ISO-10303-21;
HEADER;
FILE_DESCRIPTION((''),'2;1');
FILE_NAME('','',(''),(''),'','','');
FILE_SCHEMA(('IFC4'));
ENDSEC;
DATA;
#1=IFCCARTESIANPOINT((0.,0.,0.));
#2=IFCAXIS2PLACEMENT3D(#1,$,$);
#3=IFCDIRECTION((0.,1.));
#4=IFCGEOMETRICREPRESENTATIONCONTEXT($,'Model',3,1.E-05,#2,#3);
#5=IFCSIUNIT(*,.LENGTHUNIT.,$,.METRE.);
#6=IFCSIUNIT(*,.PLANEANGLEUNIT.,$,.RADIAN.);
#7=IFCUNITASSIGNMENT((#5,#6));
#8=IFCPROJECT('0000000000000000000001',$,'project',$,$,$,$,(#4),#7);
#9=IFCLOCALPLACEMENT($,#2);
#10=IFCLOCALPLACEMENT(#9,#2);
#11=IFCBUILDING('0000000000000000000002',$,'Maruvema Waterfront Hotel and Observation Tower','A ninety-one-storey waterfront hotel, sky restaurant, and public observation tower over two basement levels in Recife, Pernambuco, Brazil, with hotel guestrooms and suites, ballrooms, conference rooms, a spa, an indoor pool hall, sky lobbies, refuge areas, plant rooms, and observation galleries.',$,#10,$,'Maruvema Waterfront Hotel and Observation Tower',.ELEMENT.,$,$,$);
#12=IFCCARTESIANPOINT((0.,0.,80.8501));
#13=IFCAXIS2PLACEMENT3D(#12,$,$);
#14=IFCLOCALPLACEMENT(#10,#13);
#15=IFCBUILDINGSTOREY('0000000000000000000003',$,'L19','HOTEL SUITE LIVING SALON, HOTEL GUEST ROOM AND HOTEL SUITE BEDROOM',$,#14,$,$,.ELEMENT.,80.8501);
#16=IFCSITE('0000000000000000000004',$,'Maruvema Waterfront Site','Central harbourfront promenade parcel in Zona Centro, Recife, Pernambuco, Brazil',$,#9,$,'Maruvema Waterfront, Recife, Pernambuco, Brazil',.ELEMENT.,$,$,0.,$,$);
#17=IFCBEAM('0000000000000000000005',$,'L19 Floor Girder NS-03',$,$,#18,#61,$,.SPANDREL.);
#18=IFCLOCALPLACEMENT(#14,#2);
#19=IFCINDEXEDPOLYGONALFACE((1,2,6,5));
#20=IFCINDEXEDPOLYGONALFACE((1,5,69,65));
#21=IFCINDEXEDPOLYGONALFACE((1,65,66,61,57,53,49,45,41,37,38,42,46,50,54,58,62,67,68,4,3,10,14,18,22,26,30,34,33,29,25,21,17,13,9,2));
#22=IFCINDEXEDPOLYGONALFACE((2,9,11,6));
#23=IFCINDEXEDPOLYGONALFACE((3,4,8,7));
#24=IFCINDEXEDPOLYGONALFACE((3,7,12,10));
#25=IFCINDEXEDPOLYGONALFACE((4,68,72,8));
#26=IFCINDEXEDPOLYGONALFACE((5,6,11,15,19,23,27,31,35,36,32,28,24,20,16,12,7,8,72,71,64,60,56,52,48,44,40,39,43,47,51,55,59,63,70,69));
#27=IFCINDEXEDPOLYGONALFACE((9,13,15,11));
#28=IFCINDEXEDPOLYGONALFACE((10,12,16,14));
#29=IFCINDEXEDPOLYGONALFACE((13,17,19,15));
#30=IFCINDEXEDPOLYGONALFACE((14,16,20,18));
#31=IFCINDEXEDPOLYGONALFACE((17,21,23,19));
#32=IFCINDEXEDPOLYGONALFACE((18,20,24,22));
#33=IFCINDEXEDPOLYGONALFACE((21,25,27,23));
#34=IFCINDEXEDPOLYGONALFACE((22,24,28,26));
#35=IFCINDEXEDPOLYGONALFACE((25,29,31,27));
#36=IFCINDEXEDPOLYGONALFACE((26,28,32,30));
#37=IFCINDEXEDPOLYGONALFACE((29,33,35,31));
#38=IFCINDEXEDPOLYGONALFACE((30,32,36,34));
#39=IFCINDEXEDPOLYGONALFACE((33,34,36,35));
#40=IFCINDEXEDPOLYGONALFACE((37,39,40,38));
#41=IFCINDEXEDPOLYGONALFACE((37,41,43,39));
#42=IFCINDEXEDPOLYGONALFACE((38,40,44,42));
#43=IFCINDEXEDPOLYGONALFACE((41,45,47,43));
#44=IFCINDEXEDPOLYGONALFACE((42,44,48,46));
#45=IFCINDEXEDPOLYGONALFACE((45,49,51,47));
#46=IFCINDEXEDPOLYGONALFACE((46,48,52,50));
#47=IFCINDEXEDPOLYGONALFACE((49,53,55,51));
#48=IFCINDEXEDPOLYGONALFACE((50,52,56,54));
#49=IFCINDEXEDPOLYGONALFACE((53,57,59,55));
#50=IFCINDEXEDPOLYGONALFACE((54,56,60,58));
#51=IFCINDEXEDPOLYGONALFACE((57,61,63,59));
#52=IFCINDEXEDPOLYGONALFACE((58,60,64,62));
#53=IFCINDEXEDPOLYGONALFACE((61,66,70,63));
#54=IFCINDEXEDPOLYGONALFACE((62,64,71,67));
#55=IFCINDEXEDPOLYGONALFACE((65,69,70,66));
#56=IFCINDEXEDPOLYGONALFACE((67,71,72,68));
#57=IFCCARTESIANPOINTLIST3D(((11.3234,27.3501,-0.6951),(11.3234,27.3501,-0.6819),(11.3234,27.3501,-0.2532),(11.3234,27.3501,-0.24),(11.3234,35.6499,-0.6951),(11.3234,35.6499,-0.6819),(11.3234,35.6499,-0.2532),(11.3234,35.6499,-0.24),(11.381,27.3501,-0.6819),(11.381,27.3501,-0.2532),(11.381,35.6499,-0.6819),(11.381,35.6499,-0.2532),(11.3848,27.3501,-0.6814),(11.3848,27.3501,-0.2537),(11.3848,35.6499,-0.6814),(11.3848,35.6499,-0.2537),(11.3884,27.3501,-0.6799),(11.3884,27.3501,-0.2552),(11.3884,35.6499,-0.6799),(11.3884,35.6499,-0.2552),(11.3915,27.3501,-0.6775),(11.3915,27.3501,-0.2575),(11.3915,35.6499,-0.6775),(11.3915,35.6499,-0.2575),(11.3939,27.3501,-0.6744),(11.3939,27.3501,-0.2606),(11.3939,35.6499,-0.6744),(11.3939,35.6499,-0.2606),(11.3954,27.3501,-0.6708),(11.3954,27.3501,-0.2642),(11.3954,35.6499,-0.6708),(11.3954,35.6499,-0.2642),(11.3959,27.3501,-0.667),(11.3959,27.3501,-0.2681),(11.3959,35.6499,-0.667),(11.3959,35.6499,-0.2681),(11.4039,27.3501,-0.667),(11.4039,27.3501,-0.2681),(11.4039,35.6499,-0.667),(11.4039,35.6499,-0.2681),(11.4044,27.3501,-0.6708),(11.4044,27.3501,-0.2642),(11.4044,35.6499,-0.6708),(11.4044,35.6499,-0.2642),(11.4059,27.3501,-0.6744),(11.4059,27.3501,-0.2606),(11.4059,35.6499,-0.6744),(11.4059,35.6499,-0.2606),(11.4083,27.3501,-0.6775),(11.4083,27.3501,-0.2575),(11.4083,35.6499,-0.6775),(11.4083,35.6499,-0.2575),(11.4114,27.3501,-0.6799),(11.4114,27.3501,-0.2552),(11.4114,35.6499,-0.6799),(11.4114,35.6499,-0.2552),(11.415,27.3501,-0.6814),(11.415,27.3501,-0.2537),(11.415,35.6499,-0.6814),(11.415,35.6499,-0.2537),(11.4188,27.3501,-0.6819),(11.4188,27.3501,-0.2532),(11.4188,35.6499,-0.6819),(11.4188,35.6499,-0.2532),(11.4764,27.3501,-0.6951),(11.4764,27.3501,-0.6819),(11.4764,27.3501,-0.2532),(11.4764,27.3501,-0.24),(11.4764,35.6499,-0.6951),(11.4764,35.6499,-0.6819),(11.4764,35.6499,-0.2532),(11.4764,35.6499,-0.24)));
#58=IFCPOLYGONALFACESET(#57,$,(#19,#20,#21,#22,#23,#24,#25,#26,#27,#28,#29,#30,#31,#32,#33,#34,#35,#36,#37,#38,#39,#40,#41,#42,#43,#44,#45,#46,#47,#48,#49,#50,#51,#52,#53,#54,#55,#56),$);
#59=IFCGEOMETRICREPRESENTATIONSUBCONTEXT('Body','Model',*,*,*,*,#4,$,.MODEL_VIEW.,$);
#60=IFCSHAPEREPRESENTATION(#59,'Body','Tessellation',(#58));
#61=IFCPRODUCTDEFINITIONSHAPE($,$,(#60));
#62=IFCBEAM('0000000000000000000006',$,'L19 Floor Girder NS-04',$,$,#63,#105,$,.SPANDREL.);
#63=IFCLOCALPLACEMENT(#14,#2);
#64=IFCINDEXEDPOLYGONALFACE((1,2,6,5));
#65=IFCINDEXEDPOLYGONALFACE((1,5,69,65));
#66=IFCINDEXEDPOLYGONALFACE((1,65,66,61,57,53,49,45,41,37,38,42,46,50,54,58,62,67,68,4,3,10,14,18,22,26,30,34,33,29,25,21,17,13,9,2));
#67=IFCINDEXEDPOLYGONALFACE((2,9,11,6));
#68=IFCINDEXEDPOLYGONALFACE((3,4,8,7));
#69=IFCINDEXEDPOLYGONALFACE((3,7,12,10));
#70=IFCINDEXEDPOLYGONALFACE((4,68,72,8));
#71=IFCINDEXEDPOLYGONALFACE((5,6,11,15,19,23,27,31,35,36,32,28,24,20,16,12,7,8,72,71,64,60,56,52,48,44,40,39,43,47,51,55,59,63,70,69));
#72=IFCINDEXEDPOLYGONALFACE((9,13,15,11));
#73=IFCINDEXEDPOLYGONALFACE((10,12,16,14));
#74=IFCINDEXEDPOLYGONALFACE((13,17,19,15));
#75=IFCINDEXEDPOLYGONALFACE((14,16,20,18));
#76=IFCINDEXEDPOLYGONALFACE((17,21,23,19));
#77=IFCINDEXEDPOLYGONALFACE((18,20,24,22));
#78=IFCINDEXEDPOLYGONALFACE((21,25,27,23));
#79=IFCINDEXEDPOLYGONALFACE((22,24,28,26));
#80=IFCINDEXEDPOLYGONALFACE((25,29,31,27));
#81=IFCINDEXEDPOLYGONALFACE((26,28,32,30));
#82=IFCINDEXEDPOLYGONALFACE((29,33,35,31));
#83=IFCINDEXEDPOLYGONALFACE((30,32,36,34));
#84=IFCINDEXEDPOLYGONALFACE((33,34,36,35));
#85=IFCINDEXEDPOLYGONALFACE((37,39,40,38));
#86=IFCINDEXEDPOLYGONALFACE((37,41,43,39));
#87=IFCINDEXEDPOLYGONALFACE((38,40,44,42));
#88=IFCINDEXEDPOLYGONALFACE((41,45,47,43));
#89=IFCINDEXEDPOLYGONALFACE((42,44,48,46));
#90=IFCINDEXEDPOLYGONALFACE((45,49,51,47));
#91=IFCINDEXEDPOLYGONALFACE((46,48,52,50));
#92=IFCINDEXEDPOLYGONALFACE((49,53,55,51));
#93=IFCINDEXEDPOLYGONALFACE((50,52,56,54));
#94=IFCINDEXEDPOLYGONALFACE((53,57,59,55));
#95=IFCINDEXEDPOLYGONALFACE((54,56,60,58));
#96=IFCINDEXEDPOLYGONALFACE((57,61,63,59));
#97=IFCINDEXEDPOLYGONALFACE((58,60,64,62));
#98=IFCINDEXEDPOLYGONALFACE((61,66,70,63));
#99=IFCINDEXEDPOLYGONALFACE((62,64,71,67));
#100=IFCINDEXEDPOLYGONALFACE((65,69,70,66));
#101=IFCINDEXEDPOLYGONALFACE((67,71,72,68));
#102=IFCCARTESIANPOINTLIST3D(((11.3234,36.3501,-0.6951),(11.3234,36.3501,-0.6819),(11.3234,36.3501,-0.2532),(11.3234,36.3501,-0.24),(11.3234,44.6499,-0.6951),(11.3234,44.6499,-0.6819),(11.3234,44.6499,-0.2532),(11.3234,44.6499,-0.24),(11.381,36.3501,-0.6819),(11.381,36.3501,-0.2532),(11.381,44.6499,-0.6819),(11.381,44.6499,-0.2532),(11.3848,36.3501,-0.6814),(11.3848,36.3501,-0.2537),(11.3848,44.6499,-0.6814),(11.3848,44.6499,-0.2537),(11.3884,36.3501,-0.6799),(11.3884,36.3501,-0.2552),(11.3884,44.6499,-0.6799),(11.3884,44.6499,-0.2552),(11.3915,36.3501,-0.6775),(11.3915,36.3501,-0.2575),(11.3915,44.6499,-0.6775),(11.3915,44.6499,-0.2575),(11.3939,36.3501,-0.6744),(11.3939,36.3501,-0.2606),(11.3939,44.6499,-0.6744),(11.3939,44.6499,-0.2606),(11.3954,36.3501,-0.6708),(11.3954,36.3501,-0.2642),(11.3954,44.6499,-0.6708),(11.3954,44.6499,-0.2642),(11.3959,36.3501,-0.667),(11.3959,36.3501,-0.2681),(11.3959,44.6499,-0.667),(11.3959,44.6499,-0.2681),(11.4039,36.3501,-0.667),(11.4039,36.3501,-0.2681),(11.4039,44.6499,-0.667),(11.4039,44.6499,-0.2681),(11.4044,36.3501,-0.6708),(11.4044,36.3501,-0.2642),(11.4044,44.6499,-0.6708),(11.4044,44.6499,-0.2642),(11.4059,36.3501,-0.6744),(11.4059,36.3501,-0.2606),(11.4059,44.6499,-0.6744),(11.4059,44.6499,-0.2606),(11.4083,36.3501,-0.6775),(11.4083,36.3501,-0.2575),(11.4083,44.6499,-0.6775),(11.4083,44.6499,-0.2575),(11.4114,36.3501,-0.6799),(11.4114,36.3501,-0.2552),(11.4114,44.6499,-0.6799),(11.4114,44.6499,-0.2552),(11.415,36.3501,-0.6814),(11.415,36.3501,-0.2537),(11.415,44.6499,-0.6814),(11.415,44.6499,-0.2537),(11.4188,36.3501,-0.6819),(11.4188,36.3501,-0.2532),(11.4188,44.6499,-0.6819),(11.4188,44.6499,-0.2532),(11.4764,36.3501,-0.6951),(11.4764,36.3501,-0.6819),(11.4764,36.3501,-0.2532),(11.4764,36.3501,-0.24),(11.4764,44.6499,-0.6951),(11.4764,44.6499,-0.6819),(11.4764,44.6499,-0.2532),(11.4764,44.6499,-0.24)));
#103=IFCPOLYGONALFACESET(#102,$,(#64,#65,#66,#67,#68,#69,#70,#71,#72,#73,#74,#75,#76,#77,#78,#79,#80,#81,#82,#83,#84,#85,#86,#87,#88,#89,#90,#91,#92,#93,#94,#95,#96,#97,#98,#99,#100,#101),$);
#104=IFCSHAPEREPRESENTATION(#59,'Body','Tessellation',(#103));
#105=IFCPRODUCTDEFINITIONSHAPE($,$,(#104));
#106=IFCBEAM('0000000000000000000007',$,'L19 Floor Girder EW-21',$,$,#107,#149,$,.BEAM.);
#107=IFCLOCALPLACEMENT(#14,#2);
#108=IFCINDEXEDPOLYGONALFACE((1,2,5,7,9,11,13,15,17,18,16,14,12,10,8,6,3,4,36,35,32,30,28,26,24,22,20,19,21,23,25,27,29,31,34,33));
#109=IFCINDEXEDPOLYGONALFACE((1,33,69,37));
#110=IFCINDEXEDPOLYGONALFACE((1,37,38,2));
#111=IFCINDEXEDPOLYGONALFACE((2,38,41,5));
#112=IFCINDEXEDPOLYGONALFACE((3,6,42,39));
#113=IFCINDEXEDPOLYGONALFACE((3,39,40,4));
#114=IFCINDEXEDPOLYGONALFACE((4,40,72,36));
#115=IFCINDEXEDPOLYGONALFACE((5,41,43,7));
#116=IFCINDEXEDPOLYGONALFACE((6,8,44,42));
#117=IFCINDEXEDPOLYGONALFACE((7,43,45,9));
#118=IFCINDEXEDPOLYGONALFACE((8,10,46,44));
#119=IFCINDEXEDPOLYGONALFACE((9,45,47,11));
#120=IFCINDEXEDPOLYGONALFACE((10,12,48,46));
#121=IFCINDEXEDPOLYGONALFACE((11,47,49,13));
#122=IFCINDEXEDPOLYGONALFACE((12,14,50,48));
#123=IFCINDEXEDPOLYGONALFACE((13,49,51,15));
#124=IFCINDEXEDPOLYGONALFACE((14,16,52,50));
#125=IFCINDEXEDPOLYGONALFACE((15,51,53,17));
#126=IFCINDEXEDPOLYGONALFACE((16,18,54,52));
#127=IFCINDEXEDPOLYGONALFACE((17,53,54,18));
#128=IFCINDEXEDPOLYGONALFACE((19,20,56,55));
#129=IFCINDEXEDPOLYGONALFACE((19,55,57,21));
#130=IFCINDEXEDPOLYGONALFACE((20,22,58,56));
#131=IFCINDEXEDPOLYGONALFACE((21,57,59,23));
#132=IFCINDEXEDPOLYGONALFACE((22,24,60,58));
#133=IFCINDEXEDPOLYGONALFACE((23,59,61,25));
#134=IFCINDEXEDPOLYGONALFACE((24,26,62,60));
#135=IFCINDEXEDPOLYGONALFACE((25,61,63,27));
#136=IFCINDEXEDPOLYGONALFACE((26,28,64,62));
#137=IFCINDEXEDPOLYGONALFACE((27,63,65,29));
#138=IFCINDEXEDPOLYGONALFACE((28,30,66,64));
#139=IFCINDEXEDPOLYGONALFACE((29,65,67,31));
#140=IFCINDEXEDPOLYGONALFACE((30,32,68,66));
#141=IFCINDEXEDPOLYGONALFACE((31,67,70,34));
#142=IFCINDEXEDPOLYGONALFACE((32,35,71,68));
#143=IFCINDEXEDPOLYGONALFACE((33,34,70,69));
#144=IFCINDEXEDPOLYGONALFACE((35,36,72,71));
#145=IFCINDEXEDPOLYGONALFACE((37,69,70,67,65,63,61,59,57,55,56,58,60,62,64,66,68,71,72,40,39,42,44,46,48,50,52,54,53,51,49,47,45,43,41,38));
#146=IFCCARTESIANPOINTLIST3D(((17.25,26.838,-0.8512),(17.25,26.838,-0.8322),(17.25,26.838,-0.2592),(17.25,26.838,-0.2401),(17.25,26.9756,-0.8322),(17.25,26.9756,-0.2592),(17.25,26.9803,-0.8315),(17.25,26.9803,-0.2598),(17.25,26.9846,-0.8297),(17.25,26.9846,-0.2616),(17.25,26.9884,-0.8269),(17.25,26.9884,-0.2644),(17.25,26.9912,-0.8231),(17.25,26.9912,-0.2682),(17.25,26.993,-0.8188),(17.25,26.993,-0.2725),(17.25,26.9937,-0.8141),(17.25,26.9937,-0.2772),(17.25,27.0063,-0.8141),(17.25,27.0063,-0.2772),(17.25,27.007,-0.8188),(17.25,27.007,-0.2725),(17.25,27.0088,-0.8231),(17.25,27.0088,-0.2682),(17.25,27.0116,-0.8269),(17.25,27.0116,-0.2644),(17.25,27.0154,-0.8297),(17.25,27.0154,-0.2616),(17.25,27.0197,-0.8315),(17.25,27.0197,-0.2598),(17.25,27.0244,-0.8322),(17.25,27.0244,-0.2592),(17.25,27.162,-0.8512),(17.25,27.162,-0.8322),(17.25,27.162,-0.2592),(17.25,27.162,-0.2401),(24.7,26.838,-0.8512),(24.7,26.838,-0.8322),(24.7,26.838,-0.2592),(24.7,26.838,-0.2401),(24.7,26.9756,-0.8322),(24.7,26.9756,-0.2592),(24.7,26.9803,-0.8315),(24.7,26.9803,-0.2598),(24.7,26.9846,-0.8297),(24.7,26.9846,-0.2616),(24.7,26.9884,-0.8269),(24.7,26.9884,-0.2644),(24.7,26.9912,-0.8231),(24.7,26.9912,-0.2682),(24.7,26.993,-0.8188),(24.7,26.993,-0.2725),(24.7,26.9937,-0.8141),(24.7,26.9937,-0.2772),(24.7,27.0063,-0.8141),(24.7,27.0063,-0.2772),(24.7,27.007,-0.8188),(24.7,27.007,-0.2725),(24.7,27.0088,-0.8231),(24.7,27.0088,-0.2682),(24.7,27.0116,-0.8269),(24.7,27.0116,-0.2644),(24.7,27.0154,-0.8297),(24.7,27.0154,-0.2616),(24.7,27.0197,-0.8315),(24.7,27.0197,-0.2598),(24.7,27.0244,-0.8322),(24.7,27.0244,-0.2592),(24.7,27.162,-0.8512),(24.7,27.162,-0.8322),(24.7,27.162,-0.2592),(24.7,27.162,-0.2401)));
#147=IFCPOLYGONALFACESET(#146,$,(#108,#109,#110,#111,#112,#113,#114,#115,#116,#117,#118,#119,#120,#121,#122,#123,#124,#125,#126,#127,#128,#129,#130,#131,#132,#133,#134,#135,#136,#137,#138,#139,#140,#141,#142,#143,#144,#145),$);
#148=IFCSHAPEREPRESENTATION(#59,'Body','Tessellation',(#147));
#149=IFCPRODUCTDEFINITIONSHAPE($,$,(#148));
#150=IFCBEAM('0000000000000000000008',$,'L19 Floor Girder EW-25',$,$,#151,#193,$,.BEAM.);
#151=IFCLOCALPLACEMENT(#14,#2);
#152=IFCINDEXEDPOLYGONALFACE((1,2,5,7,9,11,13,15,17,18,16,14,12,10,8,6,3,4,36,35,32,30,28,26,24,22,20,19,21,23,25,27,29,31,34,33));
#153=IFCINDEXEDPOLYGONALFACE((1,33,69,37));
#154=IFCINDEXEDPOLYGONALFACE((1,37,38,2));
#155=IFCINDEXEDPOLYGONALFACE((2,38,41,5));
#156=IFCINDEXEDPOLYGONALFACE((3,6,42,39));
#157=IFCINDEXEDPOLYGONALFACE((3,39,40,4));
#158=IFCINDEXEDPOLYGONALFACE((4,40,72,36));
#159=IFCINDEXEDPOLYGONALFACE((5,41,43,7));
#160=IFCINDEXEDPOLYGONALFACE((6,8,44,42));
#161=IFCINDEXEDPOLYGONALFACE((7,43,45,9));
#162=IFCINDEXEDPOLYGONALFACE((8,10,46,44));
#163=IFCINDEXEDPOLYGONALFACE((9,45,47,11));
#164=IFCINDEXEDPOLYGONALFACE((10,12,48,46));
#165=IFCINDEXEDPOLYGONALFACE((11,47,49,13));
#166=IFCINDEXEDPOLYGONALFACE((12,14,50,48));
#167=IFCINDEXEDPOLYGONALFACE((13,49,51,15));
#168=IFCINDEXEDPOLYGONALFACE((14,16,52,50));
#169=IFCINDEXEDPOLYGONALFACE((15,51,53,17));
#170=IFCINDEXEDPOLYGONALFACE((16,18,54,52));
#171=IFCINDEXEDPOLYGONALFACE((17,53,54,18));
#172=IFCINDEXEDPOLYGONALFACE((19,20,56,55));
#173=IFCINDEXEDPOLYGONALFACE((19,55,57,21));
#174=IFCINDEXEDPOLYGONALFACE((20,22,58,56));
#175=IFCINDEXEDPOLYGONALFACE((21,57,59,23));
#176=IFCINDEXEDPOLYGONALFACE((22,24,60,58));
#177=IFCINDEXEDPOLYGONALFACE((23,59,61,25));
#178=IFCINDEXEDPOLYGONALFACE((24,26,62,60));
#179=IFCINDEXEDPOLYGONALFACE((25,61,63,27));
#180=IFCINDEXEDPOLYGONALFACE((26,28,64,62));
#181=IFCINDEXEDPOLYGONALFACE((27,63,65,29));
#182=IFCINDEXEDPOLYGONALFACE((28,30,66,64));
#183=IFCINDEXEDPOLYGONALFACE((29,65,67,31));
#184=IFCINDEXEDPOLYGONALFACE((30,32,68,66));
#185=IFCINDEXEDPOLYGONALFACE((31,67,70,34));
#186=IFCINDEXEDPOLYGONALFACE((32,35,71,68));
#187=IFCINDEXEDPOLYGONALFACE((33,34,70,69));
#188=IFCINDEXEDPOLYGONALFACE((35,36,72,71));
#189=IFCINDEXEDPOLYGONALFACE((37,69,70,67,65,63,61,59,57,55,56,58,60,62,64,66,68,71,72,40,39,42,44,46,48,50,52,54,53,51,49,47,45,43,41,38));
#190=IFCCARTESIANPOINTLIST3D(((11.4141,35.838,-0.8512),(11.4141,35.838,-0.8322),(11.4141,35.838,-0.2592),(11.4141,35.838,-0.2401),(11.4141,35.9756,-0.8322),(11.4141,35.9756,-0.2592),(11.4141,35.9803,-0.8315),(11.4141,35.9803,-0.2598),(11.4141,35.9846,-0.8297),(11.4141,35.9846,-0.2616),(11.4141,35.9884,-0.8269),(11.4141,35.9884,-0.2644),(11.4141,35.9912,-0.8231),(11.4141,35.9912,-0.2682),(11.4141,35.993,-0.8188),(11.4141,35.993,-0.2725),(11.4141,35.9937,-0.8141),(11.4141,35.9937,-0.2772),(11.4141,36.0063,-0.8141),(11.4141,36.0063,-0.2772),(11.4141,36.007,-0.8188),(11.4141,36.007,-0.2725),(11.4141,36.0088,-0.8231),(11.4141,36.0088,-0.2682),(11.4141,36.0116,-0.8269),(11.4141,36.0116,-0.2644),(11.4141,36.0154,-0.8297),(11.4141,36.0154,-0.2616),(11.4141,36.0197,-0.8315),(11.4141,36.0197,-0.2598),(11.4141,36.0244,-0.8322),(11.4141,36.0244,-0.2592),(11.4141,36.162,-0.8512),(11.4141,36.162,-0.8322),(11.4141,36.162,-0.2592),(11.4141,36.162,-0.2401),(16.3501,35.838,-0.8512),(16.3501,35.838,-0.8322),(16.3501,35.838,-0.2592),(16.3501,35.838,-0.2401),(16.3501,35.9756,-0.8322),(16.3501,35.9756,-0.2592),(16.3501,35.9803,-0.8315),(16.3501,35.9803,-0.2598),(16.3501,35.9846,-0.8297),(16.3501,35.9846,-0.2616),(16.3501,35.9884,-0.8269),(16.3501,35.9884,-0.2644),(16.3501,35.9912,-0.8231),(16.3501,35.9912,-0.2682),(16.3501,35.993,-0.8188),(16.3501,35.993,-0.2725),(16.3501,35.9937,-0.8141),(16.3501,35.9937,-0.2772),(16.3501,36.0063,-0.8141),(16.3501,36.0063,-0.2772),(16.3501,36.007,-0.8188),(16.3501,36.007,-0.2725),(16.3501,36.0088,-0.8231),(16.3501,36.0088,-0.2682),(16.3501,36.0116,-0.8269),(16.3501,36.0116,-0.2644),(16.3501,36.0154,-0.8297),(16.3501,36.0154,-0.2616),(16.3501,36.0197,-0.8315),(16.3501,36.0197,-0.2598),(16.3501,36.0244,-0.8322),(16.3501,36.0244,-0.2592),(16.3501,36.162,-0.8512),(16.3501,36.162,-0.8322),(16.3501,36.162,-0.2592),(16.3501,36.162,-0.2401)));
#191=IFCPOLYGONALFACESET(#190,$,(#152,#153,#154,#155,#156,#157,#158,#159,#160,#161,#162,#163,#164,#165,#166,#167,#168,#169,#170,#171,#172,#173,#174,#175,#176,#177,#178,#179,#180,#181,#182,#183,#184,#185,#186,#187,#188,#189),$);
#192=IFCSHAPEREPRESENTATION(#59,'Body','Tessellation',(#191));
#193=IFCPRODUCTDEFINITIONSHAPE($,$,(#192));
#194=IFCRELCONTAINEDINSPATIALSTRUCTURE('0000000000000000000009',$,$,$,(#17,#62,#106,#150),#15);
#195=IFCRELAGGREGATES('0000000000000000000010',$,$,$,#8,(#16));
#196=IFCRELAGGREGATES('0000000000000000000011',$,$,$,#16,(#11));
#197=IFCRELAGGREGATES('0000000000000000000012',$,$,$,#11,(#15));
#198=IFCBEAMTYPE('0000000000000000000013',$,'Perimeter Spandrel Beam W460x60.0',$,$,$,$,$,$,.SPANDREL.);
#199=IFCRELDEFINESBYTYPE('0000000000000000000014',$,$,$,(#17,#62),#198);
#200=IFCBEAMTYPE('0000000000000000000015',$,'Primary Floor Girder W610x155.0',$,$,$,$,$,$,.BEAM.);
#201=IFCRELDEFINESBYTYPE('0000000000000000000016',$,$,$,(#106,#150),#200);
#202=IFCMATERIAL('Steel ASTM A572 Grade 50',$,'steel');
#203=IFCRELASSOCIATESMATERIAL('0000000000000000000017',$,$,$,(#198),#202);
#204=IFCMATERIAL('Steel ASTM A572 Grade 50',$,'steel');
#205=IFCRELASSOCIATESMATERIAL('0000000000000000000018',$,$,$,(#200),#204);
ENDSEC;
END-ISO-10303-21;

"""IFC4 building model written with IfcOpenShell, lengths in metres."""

from ifc_helpers import new_model, si_unit, direction, frame, origin, origin_2d, place, context, subcontext, project, spatial, i_section, extrude, material, material_profile, profile_set, type_object, element, save


model = new_model("IFC4")

# Units and contexts
model_context = context("Model", 3, precision=1e-05, world=origin(), true_north=direction((0.0, 1.0)))
body_context = subcontext(model_context, "Body", "Model", "MODEL_VIEW")
ifc_project = project(units=[si_unit("LENGTHUNIT", "METRE"), si_unit("PLANEANGLEUNIT", "RADIAN")], contexts=[model_context])

# Site, building, storey
site_placement = place(None, origin())
site = spatial("IfcSite", under=ifc_project, at=site_placement, Name="Maruvema Waterfront Site", Description="Central harbourfront promenade parcel in Zona Centro, Recife, Pernambuco, Brazil", LongName="Maruvema Waterfront, Recife, Pernambuco, Brazil", CompositionType="ELEMENT", RefElevation=0.0)
building_placement = place(site_placement, origin())
building = spatial("IfcBuilding", under=site, at=building_placement, Name="Maruvema Waterfront Hotel and Observation Tower", Description="A ninety-one-storey waterfront hotel, sky restaurant, and public observation tower over two basement levels in Recife, Pernambuco, Brazil, with hotel guestrooms and suites, ballrooms, conference rooms, a spa, an indoor pool hall, sky lobbies, refuge areas, plant rooms, and observation galleries.", LongName="Maruvema Waterfront Hotel and Observation Tower", CompositionType="ELEMENT")
storey_placement = place(building_placement, frame((0.0, 0.0, 80.8501)))
storey = spatial("IfcBuildingStorey", under=building, at=storey_placement, Name="L19", Description="HOTEL SUITE LIVING SALON, HOTEL GUEST ROOM AND HOTEL SUITE BEDROOM", CompositionType="ELEMENT", Elevation=80.8501)

# Beams
ifc_material_1 = material(Name="Steel ASTM A572 Grade 50", Category="steel")
ifc_material_profile_1 = material_profile(ifc_material_1, i_section(OverallWidth=0.1531, OverallDepth=0.4551, WebThickness=0.0081, FlangeThickness=0.0132, FilletRadius=0.0149, at=origin_2d()), Name="W460x60.0")
ifc_profile_set_1 = profile_set([ifc_material_profile_1], Name="Steel ASTM A572 Grade 50")
beam_type_1 = type_object("IfcBeamType", Name="Perimeter Spandrel Beam W460x60.0", PredefinedType="SPANDREL", material=ifc_profile_set_1)
for number, where, z_axis, x_axis, name in (
    (1, (11.3999, 27.3501, -0.4675), (0.0, 1.0, 0.0), (-1.0, 0.0, 0.0), "L19 Floor Girder NS-03"),
    (2, (11.3999, 36.3501, -0.4675), (0.0, 1.0, 0.0), (-1.0, 0.0, 0.0), "L19 Floor Girder NS-04"),
):
    element("IfcBeam", number, at=place(storey_placement, frame(where, z_axis=z_axis, x_axis=x_axis)), inside=storey, type_object=beam_type_1, Name=name, PredefinedType="SPANDREL", context=body_context, shape_type="SweptSolid", body=[
        extrude(i_section(OverallWidth=0.1531, OverallDepth=0.4551, WebThickness=0.0081, FlangeThickness=0.0132, FilletRadius=0.0149, at=origin_2d()), origin(), (0.0, 0.0, 1.0), 8.2998),
    ])
ifc_material_2 = material(Name="Steel ASTM A572 Grade 50", Category="steel")
ifc_material_profile_2 = material_profile(ifc_material_2, i_section(OverallWidth=0.324, OverallDepth=0.6111, WebThickness=0.0127, FlangeThickness=0.019, FilletRadius=0.0181, at=origin_2d()), Name="W610x155.0")
ifc_profile_set_2 = profile_set([ifc_material_profile_2], Name="Steel ASTM A572 Grade 50")
beam_type_2 = type_object("IfcBeamType", Name="Primary Floor Girder W610x155.0", PredefinedType="BEAM", material=ifc_profile_set_2)
beam_1_placement = place(storey_placement, frame((17.25, 27.0, -0.5457), z_axis=(1.0, 0.0, 0.0), x_axis=(0.0, 1.0, 0.0)))
element("IfcBeam", 3, at=beam_1_placement, inside=storey, type_object=beam_type_2, Name="L19 Floor Girder EW-21", PredefinedType="BEAM", context=body_context, shape_type="SweptSolid", body=[
    extrude(i_section(OverallWidth=0.324, OverallDepth=0.6111, WebThickness=0.0127, FlangeThickness=0.019, FilletRadius=0.0181, at=origin_2d()), origin(), (0.0, 0.0, 1.0), 7.45),
])
beam_2_placement = place(storey_placement, frame((11.4141, 36.0, -0.5457), z_axis=(1.0, 0.0, 0.0), x_axis=(0.0, 1.0, 0.0)))
element("IfcBeam", 4, at=beam_2_placement, inside=storey, type_object=beam_type_2, Name="L19 Floor Girder EW-25", PredefinedType="BEAM", context=body_context, shape_type="SweptSolid", body=[
    extrude(i_section(OverallWidth=0.324, OverallDepth=0.6111, WebThickness=0.0127, FlangeThickness=0.019, FilletRadius=0.0181, at=origin_2d()), origin(), (0.0, 0.0, 1.0), 4.936),
])

save(model, "model.ifc")
